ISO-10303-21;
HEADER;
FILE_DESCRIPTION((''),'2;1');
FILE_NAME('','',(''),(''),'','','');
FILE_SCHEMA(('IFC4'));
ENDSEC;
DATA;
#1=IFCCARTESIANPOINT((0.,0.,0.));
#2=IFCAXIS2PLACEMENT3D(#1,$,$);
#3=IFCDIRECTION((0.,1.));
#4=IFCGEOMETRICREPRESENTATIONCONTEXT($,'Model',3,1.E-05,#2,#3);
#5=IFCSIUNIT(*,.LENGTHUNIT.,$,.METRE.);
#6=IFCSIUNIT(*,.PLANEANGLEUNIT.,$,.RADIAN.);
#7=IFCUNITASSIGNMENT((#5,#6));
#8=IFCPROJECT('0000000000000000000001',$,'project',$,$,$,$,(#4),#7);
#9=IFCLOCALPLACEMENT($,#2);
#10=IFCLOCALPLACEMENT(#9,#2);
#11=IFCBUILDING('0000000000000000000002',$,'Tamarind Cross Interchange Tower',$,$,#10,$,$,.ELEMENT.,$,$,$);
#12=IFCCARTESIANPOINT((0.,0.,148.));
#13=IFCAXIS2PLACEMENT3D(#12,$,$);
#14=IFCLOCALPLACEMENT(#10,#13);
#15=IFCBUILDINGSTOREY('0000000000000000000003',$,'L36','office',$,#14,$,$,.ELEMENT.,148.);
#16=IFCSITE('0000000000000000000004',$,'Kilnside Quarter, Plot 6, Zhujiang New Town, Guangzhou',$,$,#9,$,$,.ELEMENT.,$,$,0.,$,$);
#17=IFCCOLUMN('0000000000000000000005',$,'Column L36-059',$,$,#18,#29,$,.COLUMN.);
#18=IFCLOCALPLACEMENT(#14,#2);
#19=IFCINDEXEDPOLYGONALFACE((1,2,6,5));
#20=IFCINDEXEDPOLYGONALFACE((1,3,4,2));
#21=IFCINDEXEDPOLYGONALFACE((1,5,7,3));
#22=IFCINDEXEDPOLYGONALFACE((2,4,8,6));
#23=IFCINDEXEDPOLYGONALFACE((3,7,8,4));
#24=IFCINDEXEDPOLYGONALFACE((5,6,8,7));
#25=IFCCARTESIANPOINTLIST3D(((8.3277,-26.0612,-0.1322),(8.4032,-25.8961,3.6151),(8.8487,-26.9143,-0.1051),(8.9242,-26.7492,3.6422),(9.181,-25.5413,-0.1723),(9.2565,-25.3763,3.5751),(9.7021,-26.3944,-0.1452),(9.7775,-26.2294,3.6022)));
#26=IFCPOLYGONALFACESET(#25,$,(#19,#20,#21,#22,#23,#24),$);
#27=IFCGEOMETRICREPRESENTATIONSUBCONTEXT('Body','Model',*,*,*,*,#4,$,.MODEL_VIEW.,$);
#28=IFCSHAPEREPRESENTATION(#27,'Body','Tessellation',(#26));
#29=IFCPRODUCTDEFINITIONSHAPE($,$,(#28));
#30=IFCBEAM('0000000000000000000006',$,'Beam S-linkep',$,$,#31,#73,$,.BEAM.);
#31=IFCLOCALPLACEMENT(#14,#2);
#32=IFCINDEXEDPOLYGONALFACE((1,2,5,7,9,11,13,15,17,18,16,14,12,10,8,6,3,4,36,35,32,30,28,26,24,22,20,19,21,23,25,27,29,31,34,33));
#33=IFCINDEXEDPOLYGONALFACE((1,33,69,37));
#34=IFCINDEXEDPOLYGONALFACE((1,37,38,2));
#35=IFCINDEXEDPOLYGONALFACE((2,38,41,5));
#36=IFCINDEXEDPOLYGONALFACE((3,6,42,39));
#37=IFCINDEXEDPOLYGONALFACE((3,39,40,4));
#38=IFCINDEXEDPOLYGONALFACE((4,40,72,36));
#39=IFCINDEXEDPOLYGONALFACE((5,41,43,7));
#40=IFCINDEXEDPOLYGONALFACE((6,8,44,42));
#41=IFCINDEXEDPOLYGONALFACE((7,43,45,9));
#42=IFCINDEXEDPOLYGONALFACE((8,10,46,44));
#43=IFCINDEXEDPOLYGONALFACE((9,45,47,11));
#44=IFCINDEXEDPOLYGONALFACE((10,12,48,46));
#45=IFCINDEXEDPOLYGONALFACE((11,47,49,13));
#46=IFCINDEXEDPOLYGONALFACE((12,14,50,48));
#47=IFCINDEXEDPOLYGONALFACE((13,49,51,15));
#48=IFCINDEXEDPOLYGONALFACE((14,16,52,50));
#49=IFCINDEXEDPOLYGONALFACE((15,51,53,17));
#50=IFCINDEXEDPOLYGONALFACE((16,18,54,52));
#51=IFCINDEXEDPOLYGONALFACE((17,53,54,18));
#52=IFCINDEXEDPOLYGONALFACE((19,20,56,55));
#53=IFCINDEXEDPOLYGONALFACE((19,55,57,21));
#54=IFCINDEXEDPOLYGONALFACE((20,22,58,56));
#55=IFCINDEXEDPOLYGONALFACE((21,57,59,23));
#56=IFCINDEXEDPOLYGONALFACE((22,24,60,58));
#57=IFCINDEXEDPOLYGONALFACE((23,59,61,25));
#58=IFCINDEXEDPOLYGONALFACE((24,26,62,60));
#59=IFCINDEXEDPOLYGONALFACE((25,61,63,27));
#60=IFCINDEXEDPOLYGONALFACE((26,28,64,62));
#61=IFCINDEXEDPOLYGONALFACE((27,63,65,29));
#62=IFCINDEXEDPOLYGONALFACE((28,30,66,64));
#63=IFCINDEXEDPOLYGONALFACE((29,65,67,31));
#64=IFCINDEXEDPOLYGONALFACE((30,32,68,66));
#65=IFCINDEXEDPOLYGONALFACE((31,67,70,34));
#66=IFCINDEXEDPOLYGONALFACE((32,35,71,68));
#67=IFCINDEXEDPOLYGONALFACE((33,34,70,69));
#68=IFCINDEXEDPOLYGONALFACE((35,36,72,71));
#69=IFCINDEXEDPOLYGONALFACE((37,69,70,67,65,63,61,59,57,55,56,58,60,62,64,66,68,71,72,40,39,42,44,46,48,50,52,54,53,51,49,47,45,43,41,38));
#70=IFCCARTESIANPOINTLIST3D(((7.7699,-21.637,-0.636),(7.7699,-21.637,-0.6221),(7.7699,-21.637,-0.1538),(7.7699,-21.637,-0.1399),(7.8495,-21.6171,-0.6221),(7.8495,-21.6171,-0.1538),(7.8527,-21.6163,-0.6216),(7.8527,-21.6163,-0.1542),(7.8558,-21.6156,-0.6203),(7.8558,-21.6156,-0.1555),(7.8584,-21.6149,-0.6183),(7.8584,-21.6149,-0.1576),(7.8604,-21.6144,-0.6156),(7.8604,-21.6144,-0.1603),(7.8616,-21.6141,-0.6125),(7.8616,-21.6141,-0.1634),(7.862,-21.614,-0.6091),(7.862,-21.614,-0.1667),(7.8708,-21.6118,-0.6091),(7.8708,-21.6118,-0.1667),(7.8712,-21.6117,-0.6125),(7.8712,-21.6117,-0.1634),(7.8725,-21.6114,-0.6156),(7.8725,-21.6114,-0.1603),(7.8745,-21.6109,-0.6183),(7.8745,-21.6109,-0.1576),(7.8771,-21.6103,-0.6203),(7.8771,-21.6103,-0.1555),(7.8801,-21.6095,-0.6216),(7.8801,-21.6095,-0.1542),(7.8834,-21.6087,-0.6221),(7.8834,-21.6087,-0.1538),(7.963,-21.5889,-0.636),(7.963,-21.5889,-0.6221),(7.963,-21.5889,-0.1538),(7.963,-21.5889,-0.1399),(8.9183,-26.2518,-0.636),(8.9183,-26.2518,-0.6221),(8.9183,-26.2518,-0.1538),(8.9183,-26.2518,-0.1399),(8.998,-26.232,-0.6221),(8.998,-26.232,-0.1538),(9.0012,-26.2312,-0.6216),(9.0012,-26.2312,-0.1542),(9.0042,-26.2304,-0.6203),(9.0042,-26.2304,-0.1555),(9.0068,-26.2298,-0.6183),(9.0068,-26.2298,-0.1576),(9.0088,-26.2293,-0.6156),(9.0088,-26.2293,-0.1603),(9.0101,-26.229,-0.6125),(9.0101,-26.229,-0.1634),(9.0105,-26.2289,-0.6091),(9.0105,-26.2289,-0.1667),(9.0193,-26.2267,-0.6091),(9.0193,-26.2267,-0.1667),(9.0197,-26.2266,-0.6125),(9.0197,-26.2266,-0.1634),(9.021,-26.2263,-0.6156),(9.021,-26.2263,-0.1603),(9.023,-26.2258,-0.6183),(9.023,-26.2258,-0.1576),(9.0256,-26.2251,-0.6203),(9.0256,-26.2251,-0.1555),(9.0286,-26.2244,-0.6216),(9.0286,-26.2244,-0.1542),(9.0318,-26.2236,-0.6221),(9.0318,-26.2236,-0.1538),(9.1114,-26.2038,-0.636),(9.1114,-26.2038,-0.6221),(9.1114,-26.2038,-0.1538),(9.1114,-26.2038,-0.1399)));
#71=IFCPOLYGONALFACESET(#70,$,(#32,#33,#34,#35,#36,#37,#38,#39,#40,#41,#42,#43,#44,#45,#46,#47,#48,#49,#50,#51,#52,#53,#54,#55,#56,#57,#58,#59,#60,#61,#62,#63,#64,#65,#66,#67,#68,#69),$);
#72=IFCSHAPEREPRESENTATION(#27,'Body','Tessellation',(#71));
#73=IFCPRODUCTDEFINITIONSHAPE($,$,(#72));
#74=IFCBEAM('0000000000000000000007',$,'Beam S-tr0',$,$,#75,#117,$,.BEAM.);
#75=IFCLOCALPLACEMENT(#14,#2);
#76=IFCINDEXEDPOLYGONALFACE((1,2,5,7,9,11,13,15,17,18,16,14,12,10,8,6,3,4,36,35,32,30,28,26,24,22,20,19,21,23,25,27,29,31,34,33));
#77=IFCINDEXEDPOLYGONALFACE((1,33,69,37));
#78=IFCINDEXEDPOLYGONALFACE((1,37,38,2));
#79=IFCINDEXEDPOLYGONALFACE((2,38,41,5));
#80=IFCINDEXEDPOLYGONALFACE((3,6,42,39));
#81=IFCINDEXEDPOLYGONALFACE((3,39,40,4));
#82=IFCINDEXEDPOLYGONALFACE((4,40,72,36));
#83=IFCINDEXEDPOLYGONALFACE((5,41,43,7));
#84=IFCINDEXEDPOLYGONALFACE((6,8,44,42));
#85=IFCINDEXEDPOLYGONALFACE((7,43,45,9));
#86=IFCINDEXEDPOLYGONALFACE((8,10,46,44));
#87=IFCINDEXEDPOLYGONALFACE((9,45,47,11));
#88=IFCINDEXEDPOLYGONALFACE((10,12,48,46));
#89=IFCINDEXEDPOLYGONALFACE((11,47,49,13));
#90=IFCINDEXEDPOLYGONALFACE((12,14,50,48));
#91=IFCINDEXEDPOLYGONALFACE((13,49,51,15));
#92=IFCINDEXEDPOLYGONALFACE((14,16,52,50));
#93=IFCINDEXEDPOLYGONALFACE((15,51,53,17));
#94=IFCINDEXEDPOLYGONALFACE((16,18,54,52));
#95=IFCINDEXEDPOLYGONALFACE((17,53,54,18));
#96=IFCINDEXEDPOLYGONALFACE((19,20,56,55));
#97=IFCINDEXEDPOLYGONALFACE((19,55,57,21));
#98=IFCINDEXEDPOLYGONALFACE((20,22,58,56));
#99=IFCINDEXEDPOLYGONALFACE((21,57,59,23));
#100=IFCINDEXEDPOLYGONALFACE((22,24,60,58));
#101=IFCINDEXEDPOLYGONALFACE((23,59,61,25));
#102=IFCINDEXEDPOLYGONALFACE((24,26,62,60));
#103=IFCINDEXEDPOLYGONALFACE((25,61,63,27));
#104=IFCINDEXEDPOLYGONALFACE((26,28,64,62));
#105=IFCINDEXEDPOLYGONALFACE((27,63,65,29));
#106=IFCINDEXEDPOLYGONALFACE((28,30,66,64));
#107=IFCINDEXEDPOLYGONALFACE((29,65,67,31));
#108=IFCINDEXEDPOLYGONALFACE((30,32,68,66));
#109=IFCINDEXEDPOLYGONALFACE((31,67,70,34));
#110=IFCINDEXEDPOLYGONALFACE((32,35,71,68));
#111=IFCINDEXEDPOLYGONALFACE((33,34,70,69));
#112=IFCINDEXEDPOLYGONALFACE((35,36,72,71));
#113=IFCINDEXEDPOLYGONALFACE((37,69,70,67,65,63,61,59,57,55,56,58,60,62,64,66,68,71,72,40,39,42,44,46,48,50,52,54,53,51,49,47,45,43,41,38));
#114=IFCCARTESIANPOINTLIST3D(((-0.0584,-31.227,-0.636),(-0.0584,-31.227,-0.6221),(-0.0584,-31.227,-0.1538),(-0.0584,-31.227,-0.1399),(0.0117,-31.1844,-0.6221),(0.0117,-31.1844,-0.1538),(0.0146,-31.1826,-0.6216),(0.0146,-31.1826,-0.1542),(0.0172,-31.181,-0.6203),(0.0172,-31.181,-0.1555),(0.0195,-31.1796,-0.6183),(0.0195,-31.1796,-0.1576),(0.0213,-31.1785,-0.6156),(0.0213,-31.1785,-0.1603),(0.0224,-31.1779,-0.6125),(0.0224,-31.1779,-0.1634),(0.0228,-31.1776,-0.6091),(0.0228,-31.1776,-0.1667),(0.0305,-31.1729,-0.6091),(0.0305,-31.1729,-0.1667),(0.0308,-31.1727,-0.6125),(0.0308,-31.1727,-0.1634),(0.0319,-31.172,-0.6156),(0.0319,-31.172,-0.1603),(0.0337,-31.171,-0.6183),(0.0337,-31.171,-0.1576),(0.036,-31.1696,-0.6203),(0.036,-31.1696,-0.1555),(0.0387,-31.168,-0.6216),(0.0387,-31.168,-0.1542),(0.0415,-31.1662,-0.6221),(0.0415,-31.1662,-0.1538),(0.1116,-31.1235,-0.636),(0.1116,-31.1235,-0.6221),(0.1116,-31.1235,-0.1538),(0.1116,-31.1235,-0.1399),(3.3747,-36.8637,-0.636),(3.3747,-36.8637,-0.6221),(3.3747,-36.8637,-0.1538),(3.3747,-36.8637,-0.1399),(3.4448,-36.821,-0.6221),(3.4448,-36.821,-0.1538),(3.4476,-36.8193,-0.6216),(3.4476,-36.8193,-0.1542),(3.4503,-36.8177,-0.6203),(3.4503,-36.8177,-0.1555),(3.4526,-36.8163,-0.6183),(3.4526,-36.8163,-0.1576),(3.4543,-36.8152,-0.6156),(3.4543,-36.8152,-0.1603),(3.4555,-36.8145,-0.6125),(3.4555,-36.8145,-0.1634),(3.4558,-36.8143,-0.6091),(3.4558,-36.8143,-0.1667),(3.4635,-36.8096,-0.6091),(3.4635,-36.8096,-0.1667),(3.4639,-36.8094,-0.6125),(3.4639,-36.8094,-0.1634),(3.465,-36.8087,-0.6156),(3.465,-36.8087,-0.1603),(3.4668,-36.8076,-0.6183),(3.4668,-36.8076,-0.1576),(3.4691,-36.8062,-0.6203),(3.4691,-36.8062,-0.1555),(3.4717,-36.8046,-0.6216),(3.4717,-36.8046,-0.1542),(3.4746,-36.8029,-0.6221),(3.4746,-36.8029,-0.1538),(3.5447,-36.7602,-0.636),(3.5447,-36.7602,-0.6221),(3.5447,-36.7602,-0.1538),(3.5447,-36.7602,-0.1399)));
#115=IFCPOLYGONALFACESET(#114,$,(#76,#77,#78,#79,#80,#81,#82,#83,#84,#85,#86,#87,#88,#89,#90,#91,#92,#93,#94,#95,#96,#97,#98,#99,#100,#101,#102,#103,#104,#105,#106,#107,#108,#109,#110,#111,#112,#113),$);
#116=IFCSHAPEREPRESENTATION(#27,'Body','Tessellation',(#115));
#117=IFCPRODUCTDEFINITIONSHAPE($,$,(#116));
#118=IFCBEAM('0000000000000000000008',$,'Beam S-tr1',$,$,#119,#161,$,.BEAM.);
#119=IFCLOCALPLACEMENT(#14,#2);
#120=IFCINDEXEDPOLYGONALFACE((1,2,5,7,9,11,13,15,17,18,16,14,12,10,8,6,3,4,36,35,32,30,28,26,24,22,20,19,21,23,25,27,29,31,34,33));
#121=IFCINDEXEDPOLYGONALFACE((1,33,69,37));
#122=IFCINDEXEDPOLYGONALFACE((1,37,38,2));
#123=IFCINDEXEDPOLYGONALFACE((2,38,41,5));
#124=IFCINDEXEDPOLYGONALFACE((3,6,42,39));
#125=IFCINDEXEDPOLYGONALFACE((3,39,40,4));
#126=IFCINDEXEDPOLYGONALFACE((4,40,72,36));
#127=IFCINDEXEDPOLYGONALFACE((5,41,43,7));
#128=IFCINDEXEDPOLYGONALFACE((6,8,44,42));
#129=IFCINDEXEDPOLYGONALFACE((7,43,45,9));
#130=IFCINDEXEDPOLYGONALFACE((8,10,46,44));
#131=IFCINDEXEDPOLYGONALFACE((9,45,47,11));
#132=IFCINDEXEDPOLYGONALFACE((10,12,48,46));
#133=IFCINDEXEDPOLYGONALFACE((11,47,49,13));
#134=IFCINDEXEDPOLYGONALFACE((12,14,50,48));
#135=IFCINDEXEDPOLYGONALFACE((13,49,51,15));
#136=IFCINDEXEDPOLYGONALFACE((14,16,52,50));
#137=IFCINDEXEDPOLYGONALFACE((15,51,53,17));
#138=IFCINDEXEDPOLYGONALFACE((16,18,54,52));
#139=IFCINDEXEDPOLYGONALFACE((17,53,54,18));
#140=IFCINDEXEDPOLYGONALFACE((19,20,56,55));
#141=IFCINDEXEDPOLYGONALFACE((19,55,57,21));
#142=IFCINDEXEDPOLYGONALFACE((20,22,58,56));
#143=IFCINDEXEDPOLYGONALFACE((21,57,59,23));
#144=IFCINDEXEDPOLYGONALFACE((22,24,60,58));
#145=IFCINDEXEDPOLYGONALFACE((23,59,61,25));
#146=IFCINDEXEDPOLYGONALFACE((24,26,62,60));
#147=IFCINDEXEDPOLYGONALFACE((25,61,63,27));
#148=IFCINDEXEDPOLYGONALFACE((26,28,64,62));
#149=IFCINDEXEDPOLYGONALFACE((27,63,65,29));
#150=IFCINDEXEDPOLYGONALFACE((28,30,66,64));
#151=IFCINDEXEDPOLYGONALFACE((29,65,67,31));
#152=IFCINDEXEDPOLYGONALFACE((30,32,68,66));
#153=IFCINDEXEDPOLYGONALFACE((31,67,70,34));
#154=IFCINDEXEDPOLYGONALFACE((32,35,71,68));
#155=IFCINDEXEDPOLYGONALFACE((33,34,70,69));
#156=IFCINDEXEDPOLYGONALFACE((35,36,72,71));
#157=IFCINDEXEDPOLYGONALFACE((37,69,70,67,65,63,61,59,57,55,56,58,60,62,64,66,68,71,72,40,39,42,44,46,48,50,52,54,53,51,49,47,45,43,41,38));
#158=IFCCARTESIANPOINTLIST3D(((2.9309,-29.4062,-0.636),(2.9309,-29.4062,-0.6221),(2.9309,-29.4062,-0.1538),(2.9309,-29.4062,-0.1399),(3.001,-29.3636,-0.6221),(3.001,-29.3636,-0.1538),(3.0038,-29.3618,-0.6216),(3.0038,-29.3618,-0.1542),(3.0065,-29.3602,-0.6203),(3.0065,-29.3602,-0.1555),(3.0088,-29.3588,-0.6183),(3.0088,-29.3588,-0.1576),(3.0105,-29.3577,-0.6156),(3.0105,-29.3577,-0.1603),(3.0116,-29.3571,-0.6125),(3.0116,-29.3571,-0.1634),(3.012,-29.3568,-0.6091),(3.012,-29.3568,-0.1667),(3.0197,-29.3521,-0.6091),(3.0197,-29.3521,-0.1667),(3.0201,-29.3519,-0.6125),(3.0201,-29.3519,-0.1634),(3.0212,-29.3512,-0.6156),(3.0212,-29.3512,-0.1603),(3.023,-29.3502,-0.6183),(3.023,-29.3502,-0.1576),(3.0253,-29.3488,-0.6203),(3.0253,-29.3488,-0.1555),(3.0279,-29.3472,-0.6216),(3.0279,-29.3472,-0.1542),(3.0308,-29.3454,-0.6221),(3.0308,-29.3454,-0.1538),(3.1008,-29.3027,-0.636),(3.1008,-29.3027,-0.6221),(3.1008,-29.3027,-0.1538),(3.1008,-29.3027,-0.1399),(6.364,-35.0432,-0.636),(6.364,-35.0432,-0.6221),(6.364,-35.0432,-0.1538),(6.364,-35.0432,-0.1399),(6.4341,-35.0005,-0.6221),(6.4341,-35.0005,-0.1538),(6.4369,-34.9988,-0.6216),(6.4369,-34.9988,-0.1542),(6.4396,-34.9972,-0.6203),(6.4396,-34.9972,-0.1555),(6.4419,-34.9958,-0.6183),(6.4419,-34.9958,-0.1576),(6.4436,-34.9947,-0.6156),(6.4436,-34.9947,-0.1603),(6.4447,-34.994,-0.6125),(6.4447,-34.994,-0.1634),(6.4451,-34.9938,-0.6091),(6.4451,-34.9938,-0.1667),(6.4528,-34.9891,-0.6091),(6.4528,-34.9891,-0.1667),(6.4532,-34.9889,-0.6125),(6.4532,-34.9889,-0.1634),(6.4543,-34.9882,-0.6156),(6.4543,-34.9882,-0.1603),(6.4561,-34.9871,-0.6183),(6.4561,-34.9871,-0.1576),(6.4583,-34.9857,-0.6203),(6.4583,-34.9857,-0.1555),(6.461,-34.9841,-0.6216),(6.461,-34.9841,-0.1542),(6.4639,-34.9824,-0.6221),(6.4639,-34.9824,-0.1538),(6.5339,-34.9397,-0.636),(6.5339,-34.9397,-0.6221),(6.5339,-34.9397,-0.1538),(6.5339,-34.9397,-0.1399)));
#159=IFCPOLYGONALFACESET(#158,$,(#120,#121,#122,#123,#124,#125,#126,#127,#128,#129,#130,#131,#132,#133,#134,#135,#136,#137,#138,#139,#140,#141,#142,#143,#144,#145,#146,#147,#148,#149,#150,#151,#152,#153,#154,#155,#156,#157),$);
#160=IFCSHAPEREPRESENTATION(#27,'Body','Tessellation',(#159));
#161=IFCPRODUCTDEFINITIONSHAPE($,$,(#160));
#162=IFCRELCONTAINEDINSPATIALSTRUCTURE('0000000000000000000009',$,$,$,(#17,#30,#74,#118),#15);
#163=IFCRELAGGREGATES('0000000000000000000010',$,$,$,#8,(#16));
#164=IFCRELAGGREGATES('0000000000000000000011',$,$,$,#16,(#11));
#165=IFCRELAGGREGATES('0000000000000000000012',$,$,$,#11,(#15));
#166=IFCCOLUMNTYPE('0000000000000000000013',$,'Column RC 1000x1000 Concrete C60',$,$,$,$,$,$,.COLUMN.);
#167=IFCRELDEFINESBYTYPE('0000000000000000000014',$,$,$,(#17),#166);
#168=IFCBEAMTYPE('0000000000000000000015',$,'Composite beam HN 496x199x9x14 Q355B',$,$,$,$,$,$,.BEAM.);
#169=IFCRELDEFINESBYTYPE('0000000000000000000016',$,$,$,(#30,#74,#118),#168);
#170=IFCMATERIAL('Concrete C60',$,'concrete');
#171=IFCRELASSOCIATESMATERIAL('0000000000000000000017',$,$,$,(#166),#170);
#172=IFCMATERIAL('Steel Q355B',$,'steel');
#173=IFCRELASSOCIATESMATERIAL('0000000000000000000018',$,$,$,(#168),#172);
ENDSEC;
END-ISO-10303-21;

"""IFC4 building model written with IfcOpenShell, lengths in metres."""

from ifc_helpers import new_model, si_unit, direction, frame, origin, origin_2d, place, context, subcontext, project, spatial, rectangle, i_section, extrude, material, material_profile, profile_set, type_object, element, save


model = new_model("IFC4")

# Units and contexts
model_context = context("Model", 3, precision=1e-05, world=origin(), true_north=direction((0.0, 1.0)))
body_context = subcontext(model_context, "Body", "Model", "MODEL_VIEW")
ifc_project = project(units=[si_unit("LENGTHUNIT", "METRE"), si_unit("PLANEANGLEUNIT", "RADIAN")], contexts=[model_context])

# Site, building, storey
site_placement = place(None, origin())
site = spatial("IfcSite", under=ifc_project, at=site_placement, Name="Kilnside Quarter, Plot 6, Zhujiang New Town, Guangzhou", CompositionType="ELEMENT", RefElevation=0.0)
building_placement = place(site_placement, origin())
building = spatial("IfcBuilding", under=site, at=building_placement, Name="Tamarind Cross Interchange Tower", CompositionType="ELEMENT")
storey_placement = place(building_placement, frame((0.0, 0.0, 148.0)))
storey = spatial("IfcBuildingStorey", under=building, at=storey_placement, Name="L36", Description="office", CompositionType="ELEMENT", Elevation=148.0)

# Column
ifc_material_1 = material(Name="Concrete C60", Category="concrete")
ifc_material_profile_1 = material_profile(ifc_material_1, rectangle(XDim=1.0, YDim=1.0, at=origin_2d()), Name="RC 1000x1000")
ifc_profile_set_1 = profile_set([ifc_material_profile_1], Name="Concrete C60")
column_type = type_object("IfcColumnType", Name="Column RC 1000x1000 Concrete C60", PredefinedType="COLUMN", material=ifc_profile_set_1)
column_placement = place(storey_placement, frame((9.0149, -26.2278, -0.1387), z_axis=(0.020108, 0.04399, 0.99883), x_axis=(-0.853312, -0.519859, 0.040074)))
element("IfcColumn", 1, at=column_placement, inside=storey, type_object=column_type, Name="Column L36-059", PredefinedType="COLUMN", context=body_context, shape_type="SweptSolid", body=[
    extrude(rectangle(XDim=1.0, YDim=1.0, at=origin_2d()), origin(), (0.0, 0.0, 1.0), 3.7517),
])

# Beams
ifc_material_2 = material(Name="Steel Q355B", Category="steel")
ifc_material_profile_2 = material_profile(ifc_material_2, i_section(OverallWidth=0.199, OverallDepth=0.4961, WebThickness=0.009, FlangeThickness=0.0139, FilletRadius=0.0129, at=origin_2d()), Name="HN 496x199x9x14")
ifc_profile_set_2 = profile_set([ifc_material_profile_2], Name="Steel Q355B")
beam_type = type_object("IfcBeamType", Name="Composite beam HN 496x199x9x14 Q355B", PredefinedType="BEAM", material=ifc_profile_set_2)
beam_1_placement = place(storey_placement, frame((9.0149, -26.2278, -0.3879), z_axis=(-0.241497, 0.970402, 0.0), x_axis=(-0.970402, -0.241497, 0.0)))
element("IfcBeam", 2, at=beam_1_placement, inside=storey, type_object=beam_type, Name="Beam S-linkep", PredefinedType="BEAM", context=body_context, shape_type="SweptSolid", body=[
    extrude(i_section(OverallWidth=0.199, OverallDepth=0.4961, WebThickness=0.009, FlangeThickness=0.0139, FilletRadius=0.0129, at=origin_2d()), origin(), (0.0, 0.0, 1.0), 4.7556),
])
beam_2_placement = place(storey_placement, frame((0.0266, -31.1753, -0.3879), z_axis=(0.520175, -0.85406, 0.0), x_axis=(0.85406, 0.520175, 0.0)))
element("IfcBeam", 3, at=beam_2_placement, inside=storey, type_object=beam_type, Name="Beam S-tr0", PredefinedType="BEAM", context=body_context, shape_type="SweptSolid", body=[
    extrude(i_section(OverallWidth=0.199, OverallDepth=0.4961, WebThickness=0.009, FlangeThickness=0.0139, FilletRadius=0.0129, at=origin_2d()), origin(), (0.0, 0.0, 1.0), 6.5999),
])
for number, where, z_axis, x_axis, name in (
    (4, (3.0159, -29.3545, -0.3879), (0.520158, -0.85407, 0.0), (0.85407, 0.520158, 0.0), "Beam S-tr1"),
):
    element("IfcBeam", number, at=place(storey_placement, frame(where, z_axis=z_axis, x_axis=x_axis)), inside=storey, type_object=beam_type, Name=name, PredefinedType="BEAM", context=body_context, shape_type="SweptSolid", body=[
        extrude(i_section(OverallWidth=0.199, OverallDepth=0.4961, WebThickness=0.009, FlangeThickness=0.0139, FilletRadius=0.0129, at=origin_2d()), origin(), (0.0, 0.0, 1.0), 6.6001),
    ])

save(model, "model.ifc")
